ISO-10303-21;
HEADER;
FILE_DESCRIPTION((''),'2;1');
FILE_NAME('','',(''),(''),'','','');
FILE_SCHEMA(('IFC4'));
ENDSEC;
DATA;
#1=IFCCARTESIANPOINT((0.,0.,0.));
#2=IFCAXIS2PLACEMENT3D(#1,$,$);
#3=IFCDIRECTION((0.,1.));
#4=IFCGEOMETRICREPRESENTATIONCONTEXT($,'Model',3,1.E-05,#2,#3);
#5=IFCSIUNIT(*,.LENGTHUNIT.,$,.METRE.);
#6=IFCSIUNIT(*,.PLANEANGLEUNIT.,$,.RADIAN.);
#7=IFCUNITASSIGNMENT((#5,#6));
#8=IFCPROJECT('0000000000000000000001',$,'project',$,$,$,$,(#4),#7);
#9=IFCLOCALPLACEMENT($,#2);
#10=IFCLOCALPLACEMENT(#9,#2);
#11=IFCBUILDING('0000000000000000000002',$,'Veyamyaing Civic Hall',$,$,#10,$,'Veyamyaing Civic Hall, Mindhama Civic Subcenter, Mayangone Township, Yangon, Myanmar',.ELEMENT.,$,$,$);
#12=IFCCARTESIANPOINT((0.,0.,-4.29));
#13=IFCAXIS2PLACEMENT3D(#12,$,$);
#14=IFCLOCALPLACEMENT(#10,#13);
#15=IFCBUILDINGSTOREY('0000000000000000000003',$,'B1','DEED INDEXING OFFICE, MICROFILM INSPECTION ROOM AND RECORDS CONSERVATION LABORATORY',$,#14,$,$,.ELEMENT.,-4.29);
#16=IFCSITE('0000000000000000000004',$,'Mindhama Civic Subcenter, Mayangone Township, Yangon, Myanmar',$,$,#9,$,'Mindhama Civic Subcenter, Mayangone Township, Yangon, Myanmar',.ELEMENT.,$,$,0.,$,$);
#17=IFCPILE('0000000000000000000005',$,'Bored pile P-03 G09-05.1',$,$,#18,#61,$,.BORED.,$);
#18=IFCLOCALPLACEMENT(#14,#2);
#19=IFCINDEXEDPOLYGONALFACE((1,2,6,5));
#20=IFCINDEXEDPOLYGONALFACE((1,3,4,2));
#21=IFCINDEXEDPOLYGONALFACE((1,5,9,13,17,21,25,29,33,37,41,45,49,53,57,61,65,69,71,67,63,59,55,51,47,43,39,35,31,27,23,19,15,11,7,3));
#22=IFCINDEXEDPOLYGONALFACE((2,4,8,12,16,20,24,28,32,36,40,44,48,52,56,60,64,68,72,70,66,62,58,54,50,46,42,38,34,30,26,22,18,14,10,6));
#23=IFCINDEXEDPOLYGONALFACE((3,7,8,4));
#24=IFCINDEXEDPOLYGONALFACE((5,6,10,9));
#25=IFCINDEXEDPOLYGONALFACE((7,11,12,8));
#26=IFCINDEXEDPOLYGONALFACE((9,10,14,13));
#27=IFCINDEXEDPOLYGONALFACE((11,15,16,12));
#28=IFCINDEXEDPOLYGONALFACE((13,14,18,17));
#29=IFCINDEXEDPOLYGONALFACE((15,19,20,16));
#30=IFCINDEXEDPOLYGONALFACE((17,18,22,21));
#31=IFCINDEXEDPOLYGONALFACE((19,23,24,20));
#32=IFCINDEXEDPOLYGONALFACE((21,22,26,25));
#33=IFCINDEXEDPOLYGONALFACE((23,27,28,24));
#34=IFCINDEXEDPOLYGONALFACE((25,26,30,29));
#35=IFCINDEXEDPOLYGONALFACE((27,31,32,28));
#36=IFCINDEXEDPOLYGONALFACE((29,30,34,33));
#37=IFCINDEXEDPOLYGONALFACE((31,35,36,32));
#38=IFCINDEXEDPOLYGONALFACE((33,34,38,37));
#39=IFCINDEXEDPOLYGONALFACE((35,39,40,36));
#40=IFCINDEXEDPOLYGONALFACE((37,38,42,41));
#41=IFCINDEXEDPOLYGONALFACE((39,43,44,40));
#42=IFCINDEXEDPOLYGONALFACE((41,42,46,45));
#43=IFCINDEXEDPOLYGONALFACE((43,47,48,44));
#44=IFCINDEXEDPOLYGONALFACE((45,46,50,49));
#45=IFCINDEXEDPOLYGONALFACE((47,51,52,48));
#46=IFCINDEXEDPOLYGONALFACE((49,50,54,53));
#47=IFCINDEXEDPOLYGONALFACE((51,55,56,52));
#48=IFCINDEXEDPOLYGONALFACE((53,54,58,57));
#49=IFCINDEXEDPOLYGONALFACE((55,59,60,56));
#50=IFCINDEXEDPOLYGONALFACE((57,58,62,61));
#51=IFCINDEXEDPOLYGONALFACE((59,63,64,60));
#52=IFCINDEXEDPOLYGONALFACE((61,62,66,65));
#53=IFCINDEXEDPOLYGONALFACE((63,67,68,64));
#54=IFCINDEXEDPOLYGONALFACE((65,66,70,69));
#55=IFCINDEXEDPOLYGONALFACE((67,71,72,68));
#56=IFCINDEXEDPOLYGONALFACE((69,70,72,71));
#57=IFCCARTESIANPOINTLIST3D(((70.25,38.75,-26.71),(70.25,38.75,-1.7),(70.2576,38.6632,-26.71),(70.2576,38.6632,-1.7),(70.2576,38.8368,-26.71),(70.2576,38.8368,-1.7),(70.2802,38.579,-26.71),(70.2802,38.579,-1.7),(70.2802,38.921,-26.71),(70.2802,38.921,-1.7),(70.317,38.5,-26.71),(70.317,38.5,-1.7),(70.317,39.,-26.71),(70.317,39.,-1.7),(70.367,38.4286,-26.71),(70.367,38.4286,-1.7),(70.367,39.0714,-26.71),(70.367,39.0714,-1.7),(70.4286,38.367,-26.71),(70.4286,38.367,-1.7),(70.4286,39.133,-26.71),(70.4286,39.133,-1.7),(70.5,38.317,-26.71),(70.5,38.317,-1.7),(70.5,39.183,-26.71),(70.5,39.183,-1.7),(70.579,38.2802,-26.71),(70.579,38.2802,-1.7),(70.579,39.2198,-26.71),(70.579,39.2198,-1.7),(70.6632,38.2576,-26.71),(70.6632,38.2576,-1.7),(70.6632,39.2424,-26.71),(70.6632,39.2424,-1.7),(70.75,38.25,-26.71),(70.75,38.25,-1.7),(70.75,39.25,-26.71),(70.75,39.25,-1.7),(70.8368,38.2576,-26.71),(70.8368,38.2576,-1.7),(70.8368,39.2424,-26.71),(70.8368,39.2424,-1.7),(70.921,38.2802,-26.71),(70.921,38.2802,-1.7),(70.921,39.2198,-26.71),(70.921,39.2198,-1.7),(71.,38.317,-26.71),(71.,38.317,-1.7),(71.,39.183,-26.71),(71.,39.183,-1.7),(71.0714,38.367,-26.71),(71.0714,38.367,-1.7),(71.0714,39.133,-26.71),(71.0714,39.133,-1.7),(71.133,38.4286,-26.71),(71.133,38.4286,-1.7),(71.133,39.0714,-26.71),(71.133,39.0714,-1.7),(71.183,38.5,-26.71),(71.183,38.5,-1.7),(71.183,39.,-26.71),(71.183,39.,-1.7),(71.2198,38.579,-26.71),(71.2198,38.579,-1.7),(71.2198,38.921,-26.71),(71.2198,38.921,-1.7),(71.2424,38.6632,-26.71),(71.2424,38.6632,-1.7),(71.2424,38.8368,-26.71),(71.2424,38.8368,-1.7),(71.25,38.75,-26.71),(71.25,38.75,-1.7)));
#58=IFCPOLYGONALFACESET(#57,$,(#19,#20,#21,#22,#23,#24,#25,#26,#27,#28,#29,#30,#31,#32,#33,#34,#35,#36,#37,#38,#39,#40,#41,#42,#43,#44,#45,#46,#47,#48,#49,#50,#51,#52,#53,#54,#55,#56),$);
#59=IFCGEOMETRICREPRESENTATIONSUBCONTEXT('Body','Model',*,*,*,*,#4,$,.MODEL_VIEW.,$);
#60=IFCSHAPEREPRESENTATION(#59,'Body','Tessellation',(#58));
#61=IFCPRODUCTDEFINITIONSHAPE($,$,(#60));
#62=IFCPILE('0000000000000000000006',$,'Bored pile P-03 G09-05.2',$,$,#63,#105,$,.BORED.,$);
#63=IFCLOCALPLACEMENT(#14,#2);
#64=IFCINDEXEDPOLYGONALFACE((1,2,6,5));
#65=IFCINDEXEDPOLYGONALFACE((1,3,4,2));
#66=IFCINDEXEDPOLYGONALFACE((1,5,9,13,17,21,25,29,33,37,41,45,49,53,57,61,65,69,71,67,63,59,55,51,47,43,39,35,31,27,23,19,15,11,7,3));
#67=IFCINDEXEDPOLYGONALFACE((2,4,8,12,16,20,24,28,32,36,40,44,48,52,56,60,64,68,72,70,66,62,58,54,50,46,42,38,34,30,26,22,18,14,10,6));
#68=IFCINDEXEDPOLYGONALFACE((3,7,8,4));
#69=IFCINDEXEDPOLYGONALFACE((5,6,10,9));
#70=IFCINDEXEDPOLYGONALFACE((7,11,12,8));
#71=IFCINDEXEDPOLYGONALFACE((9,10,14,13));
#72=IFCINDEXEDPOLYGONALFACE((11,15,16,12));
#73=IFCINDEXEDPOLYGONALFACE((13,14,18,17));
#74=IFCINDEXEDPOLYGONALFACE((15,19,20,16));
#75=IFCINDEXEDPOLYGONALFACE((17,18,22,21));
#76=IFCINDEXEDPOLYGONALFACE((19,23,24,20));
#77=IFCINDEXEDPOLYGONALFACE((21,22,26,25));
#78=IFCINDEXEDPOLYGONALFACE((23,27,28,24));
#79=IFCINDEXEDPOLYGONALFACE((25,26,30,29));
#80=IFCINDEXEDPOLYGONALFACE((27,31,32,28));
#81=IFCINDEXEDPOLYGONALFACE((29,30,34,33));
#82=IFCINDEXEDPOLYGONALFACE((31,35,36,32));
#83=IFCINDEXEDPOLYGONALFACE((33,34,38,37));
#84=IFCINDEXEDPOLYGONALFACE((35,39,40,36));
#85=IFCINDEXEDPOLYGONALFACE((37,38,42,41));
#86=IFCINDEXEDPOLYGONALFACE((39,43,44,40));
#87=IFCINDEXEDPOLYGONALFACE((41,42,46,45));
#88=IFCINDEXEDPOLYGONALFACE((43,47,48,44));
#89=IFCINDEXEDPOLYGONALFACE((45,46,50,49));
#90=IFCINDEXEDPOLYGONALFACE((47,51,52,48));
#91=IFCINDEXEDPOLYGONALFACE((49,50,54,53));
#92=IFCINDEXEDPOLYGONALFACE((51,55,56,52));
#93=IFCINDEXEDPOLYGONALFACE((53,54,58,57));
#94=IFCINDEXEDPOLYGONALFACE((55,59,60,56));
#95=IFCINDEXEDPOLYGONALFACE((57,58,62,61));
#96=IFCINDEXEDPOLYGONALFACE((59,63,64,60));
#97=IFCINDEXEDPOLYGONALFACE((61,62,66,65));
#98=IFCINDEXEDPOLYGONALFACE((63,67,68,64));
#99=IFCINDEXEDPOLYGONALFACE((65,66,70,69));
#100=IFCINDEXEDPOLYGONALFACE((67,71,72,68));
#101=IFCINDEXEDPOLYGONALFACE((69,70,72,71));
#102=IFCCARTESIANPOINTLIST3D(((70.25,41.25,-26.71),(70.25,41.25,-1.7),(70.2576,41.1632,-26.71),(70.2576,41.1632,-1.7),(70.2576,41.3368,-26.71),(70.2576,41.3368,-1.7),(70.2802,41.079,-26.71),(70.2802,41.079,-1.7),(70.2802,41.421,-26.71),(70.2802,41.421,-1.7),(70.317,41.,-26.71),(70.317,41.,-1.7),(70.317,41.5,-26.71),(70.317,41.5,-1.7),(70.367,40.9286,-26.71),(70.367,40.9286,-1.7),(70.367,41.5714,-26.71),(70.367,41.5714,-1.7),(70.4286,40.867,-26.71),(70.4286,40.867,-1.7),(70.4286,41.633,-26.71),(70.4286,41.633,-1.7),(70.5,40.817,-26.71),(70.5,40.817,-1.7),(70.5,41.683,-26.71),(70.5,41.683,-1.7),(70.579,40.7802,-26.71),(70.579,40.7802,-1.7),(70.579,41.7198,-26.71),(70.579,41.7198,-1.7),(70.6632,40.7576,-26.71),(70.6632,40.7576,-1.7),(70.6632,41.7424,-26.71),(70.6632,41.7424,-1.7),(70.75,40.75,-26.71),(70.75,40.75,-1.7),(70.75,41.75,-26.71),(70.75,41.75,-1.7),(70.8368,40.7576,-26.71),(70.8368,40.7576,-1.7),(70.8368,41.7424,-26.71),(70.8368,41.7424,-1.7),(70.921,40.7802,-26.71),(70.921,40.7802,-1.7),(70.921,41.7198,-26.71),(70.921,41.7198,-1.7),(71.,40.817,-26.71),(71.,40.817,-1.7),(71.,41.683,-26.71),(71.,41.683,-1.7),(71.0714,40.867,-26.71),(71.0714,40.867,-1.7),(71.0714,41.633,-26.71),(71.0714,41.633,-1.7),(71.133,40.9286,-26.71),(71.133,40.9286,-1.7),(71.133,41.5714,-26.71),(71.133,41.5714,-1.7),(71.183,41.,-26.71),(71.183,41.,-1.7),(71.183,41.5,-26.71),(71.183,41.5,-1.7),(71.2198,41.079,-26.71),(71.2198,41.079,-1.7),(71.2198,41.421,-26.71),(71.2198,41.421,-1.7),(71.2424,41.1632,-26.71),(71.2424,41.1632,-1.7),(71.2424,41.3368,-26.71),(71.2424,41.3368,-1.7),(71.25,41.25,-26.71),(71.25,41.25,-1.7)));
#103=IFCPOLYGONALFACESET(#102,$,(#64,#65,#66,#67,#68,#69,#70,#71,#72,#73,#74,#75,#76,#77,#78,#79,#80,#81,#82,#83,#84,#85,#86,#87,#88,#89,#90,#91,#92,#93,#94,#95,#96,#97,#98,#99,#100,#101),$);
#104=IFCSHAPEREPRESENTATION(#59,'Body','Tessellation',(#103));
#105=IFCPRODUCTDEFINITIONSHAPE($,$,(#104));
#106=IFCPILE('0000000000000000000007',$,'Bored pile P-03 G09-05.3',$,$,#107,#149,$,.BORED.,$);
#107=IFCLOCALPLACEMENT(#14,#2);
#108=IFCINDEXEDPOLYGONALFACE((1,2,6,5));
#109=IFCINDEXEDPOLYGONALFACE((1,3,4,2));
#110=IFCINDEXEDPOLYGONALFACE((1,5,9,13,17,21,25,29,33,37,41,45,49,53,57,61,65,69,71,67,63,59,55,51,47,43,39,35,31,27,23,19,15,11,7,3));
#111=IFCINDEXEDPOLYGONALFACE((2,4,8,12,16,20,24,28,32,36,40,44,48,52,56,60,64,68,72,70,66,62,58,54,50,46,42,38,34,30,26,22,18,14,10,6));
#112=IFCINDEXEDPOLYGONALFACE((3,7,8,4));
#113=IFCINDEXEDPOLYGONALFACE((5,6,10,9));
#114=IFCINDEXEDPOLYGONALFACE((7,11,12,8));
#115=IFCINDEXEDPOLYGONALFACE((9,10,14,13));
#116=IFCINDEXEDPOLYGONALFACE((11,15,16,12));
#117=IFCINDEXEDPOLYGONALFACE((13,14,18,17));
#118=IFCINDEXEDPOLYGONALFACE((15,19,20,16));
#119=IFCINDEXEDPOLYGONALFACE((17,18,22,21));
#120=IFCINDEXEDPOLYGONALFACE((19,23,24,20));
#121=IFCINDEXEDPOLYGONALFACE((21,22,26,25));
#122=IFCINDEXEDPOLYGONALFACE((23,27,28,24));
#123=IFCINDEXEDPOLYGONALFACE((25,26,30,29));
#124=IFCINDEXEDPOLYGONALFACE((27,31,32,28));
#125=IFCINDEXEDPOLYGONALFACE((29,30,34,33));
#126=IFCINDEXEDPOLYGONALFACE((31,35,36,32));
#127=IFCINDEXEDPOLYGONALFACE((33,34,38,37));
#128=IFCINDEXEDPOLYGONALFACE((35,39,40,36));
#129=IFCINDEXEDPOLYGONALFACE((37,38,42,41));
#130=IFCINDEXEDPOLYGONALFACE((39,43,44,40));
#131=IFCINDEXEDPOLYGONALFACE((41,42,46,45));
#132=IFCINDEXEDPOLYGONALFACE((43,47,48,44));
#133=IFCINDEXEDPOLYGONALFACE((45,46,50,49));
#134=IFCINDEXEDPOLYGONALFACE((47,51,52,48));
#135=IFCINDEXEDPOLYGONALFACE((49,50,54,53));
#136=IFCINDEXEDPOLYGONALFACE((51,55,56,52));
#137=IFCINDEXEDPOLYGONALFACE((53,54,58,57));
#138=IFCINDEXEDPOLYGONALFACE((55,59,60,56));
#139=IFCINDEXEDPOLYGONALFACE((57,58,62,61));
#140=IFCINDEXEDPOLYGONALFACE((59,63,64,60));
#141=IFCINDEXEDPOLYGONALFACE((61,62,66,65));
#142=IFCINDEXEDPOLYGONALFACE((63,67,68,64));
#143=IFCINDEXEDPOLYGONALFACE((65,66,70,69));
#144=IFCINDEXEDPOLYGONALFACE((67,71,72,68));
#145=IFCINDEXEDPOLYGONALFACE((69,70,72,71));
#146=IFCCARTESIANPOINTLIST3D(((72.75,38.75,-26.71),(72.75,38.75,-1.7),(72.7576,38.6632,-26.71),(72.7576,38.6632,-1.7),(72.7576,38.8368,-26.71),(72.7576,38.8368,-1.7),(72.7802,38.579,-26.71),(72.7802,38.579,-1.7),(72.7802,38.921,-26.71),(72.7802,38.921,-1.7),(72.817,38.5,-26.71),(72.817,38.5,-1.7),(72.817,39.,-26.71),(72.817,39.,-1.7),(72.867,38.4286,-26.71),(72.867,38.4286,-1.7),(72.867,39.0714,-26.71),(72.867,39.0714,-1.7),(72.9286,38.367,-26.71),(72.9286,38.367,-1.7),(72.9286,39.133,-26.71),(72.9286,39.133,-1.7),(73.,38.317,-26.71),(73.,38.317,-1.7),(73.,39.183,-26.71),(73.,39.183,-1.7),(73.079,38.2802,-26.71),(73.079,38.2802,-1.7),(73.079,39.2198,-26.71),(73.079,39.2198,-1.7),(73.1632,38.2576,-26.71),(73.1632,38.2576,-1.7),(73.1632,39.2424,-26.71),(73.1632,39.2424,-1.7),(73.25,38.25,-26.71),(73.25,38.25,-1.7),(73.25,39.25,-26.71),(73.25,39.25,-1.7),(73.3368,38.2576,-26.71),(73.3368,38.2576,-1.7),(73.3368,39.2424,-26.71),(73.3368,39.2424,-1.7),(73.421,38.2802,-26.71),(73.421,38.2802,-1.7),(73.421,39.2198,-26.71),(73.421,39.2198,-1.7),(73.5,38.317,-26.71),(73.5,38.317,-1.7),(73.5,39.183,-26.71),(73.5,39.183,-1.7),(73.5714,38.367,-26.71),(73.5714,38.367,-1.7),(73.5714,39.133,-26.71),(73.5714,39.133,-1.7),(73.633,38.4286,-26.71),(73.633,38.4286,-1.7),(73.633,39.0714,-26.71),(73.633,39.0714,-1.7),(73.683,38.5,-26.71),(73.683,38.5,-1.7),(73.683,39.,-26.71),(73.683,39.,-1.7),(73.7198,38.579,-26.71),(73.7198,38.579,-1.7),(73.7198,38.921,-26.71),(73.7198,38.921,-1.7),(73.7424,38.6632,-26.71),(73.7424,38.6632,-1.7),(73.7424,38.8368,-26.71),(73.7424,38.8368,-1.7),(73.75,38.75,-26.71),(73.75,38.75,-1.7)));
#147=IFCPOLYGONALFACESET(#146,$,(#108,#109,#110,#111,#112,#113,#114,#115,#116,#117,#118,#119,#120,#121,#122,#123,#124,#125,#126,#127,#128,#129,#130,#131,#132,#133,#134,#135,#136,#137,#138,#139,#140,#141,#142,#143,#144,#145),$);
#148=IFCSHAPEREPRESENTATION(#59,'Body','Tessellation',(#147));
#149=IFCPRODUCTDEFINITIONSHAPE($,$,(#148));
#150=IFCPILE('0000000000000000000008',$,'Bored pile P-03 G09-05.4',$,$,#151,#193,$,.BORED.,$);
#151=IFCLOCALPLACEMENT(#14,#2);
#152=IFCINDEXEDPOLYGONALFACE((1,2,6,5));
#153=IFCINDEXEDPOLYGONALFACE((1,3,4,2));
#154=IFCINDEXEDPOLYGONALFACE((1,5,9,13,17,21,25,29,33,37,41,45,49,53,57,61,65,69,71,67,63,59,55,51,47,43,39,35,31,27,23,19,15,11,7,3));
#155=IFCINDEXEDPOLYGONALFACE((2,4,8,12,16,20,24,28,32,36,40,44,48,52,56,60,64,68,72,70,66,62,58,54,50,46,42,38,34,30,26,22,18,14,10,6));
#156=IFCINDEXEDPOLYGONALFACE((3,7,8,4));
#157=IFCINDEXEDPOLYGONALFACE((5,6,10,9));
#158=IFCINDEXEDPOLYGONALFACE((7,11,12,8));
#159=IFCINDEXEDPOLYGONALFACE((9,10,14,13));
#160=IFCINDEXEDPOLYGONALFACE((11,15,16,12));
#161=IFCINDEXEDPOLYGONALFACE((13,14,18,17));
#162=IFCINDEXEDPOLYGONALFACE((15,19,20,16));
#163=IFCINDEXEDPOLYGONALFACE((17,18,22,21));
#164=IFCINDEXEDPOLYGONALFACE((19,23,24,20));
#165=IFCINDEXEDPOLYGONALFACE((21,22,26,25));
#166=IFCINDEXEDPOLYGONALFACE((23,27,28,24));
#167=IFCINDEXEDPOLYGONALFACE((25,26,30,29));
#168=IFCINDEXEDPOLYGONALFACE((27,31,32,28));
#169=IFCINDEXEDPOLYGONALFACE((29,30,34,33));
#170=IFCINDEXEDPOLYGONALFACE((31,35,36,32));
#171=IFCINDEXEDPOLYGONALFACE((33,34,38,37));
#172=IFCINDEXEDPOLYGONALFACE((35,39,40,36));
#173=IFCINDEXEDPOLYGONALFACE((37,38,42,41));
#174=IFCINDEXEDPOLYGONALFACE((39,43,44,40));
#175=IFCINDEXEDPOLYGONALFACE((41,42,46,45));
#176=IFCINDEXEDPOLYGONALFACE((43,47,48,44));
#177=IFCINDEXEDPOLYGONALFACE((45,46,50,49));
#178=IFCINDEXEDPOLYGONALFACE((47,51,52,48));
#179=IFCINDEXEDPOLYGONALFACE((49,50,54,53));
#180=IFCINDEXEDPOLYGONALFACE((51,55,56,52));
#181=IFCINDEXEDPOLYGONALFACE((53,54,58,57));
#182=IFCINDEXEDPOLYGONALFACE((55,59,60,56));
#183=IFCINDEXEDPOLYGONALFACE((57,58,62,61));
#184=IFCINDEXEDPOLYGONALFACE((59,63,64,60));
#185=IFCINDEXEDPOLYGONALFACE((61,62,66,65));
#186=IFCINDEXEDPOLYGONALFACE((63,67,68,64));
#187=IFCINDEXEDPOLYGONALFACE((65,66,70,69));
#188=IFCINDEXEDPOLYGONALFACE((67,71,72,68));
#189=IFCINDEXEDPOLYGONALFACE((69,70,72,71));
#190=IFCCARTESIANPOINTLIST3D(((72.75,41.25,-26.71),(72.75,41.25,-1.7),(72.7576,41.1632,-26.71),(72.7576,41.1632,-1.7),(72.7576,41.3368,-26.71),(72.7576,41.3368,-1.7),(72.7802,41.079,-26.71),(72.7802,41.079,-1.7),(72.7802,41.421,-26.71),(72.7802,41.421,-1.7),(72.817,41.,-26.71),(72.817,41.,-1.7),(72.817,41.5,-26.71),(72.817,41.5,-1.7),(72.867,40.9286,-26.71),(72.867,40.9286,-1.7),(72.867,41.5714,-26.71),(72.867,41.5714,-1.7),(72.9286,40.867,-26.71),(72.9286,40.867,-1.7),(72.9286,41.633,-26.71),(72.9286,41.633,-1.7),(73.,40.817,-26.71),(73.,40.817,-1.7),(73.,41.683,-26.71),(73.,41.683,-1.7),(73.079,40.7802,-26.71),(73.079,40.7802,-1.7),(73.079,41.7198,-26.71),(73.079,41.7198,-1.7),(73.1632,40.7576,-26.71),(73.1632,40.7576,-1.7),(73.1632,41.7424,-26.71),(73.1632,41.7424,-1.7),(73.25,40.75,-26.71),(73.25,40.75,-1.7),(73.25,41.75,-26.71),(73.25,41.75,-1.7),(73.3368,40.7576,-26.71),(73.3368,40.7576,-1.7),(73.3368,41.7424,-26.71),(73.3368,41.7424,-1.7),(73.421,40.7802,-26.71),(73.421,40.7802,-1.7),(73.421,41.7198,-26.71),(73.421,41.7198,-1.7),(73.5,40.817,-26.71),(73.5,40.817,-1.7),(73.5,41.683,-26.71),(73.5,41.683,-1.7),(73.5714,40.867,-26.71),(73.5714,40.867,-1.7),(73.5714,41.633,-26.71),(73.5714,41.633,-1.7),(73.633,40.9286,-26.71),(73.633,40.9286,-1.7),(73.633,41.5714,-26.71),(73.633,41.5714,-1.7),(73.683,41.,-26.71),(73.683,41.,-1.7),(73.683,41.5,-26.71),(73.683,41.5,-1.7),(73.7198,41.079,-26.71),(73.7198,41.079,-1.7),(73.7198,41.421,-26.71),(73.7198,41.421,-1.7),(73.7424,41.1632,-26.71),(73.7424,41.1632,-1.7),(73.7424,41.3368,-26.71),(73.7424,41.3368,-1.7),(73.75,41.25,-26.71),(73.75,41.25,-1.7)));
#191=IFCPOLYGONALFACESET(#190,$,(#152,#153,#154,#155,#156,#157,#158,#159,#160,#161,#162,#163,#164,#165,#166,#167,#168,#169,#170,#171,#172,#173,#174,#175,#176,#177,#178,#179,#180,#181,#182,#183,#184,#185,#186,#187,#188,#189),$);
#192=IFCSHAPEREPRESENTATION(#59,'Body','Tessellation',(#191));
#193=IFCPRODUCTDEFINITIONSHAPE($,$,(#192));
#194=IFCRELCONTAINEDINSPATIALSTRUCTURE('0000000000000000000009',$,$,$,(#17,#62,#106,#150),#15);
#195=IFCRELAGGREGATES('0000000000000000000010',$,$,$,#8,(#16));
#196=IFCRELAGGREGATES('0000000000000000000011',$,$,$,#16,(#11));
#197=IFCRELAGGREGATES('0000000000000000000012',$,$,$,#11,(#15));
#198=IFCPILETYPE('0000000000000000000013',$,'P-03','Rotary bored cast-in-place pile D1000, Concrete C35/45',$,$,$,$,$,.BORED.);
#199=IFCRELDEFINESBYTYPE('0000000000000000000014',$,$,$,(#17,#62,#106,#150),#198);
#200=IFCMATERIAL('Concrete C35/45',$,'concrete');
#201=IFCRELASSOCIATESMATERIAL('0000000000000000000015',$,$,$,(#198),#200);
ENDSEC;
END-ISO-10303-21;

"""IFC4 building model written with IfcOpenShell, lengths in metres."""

from ifc_helpers import new_model, si_unit, direction, frame, origin, origin_2d, place, context, subcontext, project, spatial, circle, extrude, material, material_profile, profile_set, type_object, element, save


model = new_model("IFC4")

# Units and contexts
model_context = context("Model", 3, precision=1e-05, world=origin(), true_north=direction((0.0, 1.0)))
body_context = subcontext(model_context, "Body", "Model", "MODEL_VIEW")
ifc_project = project(units=[si_unit("LENGTHUNIT", "METRE"), si_unit("PLANEANGLEUNIT", "RADIAN")], contexts=[model_context])

# Site, building, storey
site_placement = place(None, origin())
site = spatial("IfcSite", under=ifc_project, at=site_placement, Name="Mindhama Civic Subcenter, Mayangone Township, Yangon, Myanmar", LongName="Mindhama Civic Subcenter, Mayangone Township, Yangon, Myanmar", CompositionType="ELEMENT", RefElevation=0.0)
building_placement = place(site_placement, origin())
building = spatial("IfcBuilding", under=site, at=building_placement, Name="Veyamyaing Civic Hall", LongName="Veyamyaing Civic Hall, Mindhama Civic Subcenter, Mayangone Township, Yangon, Myanmar", CompositionType="ELEMENT")
storey_placement = place(building_placement, frame((0.0, 0.0, -4.29)))
storey = spatial("IfcBuildingStorey", under=building, at=storey_placement, Name="B1", Description="DEED INDEXING OFFICE, MICROFILM INSPECTION ROOM AND RECORDS CONSERVATION LABORATORY", CompositionType="ELEMENT", Elevation=-4.29)

# Piles
ifc_material_1 = material(Name="Concrete C35/45", Category="concrete")
ifc_material_profile_1 = material_profile(ifc_material_1, circle(Radius=0.5, at=origin_2d()), Name="PILE-D1000")
ifc_profile_set_1 = profile_set([ifc_material_profile_1], Name="Concrete C35/45")
pile_type_1 = type_object("IfcPileType", Name="P-03", Description="Rotary bored cast-in-place pile D1000, Concrete C35/45", PredefinedType="BORED", material=ifc_profile_set_1)
for number, where, z_axis, x_axis, name in (
    (1, (70.75, 38.75, -1.7), (0.0, 0.0, -1.0), (1.0, 0.0, 0.0), "Bored pile P-03 G09-05.1"),
    (2, (70.75, 41.25, -1.7), (0.0, 0.0, -1.0), (1.0, 0.0, 0.0), "Bored pile P-03 G09-05.2"),
    (3, (73.25, 38.75, -1.7), (0.0, 0.0, -1.0), (1.0, 0.0, 0.0), "Bored pile P-03 G09-05.3"),
    (4, (73.25, 41.25, -1.7), (0.0, 0.0, -1.0), (1.0, 0.0, 0.0), "Bored pile P-03 G09-05.4"),
):
    element("IfcPile", number, at=place(storey_placement, frame(where, z_axis=z_axis, x_axis=x_axis)), inside=storey, type_object=pile_type_1, Name=name, PredefinedType="BORED", context=body_context, shape_type="SweptSolid", body=[
        extrude(circle(Radius=0.5, at=origin_2d()), origin(), (0.0, 0.0, 1.0), 25.01),
    ])

save(model, "model.ifc")
